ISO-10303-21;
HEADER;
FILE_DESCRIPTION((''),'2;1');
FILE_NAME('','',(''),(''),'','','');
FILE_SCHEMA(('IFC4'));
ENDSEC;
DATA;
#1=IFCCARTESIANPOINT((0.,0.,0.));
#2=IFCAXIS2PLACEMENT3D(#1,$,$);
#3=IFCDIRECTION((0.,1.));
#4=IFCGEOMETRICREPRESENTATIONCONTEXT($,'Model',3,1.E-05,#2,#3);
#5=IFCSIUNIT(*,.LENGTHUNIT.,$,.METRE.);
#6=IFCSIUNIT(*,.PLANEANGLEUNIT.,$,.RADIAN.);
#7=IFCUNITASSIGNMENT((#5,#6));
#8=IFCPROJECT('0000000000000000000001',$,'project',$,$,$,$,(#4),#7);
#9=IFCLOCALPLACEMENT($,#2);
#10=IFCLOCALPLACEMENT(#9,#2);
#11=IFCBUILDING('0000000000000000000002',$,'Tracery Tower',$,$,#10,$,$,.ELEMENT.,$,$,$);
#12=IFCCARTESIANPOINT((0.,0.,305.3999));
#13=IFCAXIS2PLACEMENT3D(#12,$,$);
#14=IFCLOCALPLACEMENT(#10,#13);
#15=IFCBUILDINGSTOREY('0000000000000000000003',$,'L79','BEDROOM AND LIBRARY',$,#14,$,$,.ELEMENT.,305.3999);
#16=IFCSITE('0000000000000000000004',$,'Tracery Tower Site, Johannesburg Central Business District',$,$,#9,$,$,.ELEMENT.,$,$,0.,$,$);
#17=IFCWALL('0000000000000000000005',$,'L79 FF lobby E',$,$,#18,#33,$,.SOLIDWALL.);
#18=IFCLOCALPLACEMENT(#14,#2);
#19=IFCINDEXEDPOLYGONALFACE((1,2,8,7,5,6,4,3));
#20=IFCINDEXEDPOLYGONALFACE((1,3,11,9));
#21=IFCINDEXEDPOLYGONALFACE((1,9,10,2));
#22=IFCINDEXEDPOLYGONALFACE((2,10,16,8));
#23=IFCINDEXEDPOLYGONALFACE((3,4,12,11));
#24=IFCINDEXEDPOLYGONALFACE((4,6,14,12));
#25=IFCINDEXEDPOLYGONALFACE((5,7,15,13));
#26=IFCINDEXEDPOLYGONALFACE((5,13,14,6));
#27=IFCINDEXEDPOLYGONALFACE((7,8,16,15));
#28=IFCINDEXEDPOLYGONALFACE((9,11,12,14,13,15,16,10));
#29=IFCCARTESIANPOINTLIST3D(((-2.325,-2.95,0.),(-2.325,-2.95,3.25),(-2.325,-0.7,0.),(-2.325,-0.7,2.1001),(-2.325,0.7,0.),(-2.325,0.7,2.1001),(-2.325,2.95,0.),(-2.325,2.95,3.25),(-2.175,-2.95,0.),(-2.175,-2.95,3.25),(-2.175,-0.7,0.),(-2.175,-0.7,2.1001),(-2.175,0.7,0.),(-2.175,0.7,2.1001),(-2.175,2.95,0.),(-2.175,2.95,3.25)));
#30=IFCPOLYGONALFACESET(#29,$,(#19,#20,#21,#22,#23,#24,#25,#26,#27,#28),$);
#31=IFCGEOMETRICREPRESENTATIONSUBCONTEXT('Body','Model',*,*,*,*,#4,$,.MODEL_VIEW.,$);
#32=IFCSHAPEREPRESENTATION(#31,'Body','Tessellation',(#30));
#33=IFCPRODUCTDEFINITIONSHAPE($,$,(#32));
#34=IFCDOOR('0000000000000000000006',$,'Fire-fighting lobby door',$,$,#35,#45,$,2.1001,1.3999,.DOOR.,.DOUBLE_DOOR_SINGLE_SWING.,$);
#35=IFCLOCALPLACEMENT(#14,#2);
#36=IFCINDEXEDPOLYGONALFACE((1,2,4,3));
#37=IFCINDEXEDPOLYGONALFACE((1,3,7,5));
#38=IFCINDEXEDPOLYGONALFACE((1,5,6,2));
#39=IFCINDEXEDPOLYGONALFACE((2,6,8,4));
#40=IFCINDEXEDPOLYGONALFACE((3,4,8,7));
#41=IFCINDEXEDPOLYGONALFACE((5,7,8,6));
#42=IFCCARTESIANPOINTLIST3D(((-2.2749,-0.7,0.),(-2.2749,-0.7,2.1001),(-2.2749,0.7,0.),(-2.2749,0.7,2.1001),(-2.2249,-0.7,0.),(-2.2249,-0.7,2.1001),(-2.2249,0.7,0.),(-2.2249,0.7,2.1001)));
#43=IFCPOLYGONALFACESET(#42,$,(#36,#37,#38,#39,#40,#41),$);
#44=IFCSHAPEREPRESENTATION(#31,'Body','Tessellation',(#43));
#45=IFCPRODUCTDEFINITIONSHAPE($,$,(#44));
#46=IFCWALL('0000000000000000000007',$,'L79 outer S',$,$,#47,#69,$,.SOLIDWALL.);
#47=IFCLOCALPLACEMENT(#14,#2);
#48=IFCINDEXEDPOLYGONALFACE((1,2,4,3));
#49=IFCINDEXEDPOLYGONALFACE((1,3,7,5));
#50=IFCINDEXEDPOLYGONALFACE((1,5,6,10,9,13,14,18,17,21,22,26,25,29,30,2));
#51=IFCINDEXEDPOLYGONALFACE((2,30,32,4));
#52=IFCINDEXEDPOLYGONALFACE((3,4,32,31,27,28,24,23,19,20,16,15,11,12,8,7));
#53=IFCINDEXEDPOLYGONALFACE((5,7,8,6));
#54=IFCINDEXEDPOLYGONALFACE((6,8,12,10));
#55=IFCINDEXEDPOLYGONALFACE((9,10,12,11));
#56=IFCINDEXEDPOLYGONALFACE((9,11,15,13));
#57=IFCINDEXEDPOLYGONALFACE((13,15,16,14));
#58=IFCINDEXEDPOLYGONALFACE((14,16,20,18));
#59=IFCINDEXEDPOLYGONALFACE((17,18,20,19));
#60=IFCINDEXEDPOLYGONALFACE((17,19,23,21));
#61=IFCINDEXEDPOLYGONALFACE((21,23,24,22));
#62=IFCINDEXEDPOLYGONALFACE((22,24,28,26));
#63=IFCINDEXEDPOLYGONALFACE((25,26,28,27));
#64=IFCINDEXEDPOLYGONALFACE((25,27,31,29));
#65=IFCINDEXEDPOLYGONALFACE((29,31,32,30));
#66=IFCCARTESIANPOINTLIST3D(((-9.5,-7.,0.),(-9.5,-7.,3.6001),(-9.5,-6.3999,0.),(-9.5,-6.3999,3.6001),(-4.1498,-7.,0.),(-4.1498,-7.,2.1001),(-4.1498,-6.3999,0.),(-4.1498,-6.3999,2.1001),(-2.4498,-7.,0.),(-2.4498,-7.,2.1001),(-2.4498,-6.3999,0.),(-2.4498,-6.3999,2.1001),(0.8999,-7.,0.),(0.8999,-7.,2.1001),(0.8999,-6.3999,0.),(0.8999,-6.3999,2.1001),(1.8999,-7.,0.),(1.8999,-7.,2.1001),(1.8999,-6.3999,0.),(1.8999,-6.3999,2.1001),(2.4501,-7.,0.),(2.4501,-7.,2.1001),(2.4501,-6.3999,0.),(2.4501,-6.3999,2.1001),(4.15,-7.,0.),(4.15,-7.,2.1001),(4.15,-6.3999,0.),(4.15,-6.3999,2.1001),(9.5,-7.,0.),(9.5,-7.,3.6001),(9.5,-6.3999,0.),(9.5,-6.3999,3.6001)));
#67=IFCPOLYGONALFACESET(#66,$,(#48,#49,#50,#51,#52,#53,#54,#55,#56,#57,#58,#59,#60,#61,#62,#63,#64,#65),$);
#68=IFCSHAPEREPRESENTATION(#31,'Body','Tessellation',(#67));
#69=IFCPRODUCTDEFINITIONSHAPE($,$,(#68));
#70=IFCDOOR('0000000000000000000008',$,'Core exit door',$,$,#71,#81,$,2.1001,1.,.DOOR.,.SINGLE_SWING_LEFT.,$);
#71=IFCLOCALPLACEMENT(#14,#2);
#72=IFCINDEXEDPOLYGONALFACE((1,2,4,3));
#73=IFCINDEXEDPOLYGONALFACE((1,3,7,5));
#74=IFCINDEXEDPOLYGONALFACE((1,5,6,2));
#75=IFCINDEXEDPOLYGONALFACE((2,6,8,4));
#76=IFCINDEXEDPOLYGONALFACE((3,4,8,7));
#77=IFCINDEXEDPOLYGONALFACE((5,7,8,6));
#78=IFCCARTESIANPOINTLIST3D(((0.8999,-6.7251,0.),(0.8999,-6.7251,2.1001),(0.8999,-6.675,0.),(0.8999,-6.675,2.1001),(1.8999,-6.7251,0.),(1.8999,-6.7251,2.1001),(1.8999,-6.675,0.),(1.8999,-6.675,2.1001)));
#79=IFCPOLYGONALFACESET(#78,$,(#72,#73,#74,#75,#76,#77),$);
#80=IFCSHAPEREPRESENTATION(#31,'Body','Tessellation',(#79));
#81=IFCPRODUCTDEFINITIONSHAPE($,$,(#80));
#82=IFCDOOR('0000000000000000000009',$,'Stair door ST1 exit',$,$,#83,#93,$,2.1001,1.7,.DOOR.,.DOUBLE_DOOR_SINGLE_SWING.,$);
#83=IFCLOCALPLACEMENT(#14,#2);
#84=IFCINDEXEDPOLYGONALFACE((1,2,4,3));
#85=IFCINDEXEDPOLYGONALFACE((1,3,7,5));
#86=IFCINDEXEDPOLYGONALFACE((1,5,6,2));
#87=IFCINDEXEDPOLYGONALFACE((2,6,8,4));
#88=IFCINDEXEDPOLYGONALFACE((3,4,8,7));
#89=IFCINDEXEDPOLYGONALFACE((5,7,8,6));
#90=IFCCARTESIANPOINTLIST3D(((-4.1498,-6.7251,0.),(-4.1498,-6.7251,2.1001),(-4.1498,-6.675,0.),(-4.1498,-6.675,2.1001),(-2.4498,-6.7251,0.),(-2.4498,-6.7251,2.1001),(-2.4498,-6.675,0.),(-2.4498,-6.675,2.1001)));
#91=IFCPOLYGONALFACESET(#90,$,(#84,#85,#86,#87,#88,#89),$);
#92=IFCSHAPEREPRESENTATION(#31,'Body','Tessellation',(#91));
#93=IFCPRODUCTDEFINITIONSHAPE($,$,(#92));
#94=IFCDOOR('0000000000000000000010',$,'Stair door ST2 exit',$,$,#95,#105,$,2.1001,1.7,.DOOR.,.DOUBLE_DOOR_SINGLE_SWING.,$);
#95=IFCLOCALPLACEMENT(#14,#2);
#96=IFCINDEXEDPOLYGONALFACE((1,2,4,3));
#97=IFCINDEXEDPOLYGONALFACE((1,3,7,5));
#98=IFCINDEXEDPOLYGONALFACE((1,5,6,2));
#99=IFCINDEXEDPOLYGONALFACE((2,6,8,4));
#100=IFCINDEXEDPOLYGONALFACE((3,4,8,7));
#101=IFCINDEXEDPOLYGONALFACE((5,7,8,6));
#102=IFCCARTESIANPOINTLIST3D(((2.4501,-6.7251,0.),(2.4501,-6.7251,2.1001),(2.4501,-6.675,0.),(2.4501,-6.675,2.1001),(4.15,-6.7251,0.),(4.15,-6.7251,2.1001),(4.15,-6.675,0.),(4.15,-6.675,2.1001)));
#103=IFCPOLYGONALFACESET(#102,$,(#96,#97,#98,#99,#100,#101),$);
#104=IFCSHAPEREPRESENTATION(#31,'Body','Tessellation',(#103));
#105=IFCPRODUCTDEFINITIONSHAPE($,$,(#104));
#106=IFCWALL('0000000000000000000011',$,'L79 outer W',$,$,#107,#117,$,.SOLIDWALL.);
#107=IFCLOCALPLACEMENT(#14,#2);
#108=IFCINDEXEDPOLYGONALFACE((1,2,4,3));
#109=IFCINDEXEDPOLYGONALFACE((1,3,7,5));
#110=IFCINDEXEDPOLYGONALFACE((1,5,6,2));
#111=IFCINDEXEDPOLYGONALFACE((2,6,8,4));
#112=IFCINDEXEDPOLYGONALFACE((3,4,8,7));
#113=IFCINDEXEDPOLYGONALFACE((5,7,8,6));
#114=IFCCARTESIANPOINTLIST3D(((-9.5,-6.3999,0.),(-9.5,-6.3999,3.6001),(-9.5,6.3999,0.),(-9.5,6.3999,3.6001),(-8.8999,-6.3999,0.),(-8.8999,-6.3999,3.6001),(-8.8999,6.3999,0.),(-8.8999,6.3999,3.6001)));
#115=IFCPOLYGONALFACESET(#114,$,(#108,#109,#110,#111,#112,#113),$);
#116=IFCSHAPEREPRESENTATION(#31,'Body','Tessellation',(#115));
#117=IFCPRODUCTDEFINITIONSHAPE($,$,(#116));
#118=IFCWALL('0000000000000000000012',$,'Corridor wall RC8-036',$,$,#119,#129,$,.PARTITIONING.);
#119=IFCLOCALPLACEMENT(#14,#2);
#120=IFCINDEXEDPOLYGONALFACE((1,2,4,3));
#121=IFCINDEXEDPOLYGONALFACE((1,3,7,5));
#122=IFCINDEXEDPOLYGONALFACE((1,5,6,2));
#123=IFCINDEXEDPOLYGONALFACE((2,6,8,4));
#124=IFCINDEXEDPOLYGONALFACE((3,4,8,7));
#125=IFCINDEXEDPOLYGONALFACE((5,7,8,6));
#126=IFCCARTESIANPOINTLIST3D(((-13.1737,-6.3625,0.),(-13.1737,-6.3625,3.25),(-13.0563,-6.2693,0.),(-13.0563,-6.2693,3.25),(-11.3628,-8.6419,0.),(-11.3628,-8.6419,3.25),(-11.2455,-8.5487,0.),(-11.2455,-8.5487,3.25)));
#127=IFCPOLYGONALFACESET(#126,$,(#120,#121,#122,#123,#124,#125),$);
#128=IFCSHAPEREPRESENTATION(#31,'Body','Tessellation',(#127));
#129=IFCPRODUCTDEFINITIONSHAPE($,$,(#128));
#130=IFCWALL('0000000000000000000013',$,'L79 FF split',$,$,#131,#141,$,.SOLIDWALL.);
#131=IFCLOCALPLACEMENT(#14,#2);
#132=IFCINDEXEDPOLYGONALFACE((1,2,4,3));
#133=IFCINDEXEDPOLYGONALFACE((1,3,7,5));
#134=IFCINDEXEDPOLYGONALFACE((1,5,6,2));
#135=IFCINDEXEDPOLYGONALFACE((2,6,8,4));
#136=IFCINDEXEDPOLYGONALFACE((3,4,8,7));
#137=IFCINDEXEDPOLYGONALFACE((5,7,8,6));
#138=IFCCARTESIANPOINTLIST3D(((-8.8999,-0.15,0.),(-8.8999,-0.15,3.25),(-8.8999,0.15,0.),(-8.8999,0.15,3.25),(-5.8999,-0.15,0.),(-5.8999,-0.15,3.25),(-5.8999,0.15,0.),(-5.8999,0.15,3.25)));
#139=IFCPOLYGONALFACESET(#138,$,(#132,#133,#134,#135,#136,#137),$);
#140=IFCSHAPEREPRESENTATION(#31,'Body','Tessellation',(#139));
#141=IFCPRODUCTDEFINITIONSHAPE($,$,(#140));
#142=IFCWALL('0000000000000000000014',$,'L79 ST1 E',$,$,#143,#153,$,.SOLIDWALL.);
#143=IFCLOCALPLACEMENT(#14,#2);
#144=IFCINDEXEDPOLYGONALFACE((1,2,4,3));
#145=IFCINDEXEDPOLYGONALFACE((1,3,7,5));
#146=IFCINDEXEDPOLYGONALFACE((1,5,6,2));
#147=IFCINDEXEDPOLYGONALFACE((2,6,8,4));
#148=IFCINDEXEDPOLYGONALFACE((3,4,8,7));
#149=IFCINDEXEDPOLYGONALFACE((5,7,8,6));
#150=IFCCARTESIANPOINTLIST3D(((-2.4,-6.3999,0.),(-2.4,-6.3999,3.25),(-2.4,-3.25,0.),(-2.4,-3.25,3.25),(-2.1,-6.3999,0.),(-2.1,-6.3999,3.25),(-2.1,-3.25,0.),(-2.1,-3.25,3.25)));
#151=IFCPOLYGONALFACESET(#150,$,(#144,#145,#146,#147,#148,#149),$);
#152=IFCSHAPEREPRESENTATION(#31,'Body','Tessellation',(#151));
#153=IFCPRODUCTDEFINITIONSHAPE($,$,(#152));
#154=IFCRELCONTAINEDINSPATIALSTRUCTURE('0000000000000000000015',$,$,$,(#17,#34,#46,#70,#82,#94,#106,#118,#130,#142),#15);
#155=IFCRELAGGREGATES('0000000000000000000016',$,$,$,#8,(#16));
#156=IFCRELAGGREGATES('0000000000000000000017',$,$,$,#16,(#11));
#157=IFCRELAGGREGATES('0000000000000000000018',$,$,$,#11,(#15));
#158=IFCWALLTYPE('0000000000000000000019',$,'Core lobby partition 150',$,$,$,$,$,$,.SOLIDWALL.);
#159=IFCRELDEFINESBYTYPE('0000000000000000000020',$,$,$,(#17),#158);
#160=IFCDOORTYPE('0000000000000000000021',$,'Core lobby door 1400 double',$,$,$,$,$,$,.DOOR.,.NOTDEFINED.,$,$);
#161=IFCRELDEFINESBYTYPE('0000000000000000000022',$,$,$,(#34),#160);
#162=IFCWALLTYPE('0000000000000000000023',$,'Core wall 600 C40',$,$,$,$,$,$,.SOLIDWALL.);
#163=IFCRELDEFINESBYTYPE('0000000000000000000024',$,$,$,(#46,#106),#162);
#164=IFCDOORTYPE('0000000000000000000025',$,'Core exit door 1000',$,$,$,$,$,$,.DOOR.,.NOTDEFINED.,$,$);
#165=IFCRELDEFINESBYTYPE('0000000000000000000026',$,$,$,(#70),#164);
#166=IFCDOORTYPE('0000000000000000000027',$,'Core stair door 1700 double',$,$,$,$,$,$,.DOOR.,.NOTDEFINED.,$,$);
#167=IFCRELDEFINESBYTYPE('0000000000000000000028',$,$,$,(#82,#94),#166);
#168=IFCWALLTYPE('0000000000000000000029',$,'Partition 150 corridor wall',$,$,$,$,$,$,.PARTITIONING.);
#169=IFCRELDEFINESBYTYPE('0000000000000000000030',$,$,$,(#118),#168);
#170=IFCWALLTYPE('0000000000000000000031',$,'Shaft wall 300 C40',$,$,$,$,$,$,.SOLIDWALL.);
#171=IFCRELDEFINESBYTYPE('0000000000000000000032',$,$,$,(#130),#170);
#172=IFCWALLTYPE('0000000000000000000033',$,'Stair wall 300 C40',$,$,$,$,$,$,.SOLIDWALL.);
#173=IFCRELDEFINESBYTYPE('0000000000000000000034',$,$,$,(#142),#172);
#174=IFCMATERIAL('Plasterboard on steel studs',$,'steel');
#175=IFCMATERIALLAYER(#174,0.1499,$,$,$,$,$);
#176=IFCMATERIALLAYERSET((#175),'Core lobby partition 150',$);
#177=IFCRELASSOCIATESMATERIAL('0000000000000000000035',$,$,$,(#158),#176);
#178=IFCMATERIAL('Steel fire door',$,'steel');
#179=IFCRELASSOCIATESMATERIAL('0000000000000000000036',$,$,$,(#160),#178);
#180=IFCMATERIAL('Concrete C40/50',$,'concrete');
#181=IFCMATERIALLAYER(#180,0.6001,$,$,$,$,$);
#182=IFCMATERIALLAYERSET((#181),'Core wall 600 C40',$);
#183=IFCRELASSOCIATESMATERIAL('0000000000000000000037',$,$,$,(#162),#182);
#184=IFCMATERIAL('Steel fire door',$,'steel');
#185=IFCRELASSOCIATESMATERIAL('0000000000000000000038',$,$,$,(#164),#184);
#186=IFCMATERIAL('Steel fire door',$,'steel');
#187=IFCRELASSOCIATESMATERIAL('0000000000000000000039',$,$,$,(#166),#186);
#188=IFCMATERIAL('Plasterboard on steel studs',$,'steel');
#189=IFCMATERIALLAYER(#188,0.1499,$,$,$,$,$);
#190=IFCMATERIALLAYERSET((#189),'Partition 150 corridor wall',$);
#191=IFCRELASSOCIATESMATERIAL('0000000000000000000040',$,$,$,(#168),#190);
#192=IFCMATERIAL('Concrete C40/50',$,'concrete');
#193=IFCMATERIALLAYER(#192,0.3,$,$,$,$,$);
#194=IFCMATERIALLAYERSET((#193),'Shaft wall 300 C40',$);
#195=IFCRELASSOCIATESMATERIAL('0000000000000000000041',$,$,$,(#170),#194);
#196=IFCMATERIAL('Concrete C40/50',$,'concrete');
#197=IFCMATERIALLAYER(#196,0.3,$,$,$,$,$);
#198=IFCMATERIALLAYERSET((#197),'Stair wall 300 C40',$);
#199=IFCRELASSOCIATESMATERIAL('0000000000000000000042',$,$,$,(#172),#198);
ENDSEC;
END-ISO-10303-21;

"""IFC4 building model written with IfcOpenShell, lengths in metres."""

from ifc_helpers import new_model, si_unit, direction, frame, frame_2d, origin, place, context, subcontext, project, spatial, rectangle, extrude, material, layer, layer_set, type_object, element, fill, save


model = new_model("IFC4")

# Units and contexts
model_context = context("Model", 3, precision=1e-05, world=origin(), true_north=direction((0.0, 1.0)))
body_context = subcontext(model_context, "Body", "Model", "MODEL_VIEW")
ifc_project = project(units=[si_unit("LENGTHUNIT", "METRE"), si_unit("PLANEANGLEUNIT", "RADIAN")], contexts=[model_context])

# Site, building, storey
site_placement = place(None, origin())
site = spatial("IfcSite", under=ifc_project, at=site_placement, Name="Tracery Tower Site, Johannesburg Central Business District", CompositionType="ELEMENT", RefElevation=0.0)
building_placement = place(site_placement, origin())
building = spatial("IfcBuilding", under=site, at=building_placement, Name="Tracery Tower", CompositionType="ELEMENT")
storey_placement = place(building_placement, frame((0.0, 0.0, 305.3999)))
storey = spatial("IfcBuildingStorey", under=building, at=storey_placement, Name="L79", Description="BEDROOM AND LIBRARY", CompositionType="ELEMENT", Elevation=305.3999)

# Wall, opening, door
ifc_material_1 = material(Name="Plasterboard on steel studs", Category="steel")
ifc_layer_1 = layer(ifc_material_1, 0.1499)
ifc_layer_set_1 = layer_set([ifc_layer_1], Name="Core lobby partition 150")
wall_type_1 = type_object("IfcWallType", Name="Core lobby partition 150", PredefinedType="SOLIDWALL", material=ifc_layer_set_1)
wall_1_placement = place(storey_placement, frame((-2.25, -2.95, 0.0), z_axis=(0.0, 0.0, 1.0), x_axis=(0.0, 1.0, 0.0)))
wall_1 = element("IfcWall", 1, at=wall_1_placement, inside=storey, type_object=wall_type_1, Name="L79 FF lobby E", PredefinedType="SOLIDWALL", context=body_context, shape_type="SweptSolid", body=[
    extrude(rectangle(XDim=5.8999, YDim=0.1499, at=frame_2d((2.95, 0.0))), origin(), (0.0, 0.0, 1.0), 3.25),
])
opening_1_placement = place(wall_1_placement, frame((2.25, 0.0, 0.0)))
opening_1 = element("IfcOpeningElement", 2, at=opening_1_placement, cuts=wall_1, PredefinedType="OPENING", context=body_context, shape_type="SweptSolid", body=[
    extrude(rectangle(XDim=1.3999, YDim=2.1001, at=frame_2d((0.7, 1.05))), frame((0.0, 0.075, 0.0), z_axis=(0.0, -1.0, 0.0), x_axis=(1.0, 0.0, 0.0)), (0.0, 0.0, 1.0), 0.1499),
])
ifc_material_2 = material(Name="Steel fire door", Category="steel")
door_type_1 = type_object("IfcDoorType", Name="Core lobby door 1400 double", OperationType="NOTDEFINED", PredefinedType="DOOR", material=ifc_material_2)
door_1_placement = place(opening_1_placement, origin())
door_1 = element("IfcDoor", 3, at=door_1_placement, inside=storey, type_object=door_type_1, Name="Fire-fighting lobby door", OperationType="DOUBLE_DOOR_SINGLE_SWING", OverallHeight=2.1001, OverallWidth=1.3999, PredefinedType="DOOR", context=body_context, shape_type="SweptSolid", body=[
    extrude(rectangle(XDim=1.3999, YDim=2.1001, at=frame_2d((0.7, 1.05))), frame((0.0, 0.0249, 0.0), z_axis=(0.0, -1.0, 0.0), x_axis=(1.0, 0.0, 0.0)), (0.0, 0.0, 1.0), 0.05),
])
fill(opening_1, door_1)

# Wall, openings, doors
ifc_material_3 = material(Name="Concrete C40/50", Category="concrete")
ifc_layer_2 = layer(ifc_material_3, 0.6001)
ifc_layer_set_2 = layer_set([ifc_layer_2], Name="Core wall 600 C40")
wall_type_2 = type_object("IfcWallType", Name="Core wall 600 C40", PredefinedType="SOLIDWALL", material=ifc_layer_set_2)
wall_2_placement = place(storey_placement, frame((-9.5, -6.7, 0.0), z_axis=(0.0, 0.0, 1.0), x_axis=(1.0, 0.0, 0.0)))
wall_2 = element("IfcWall", 4, at=wall_2_placement, inside=storey, type_object=wall_type_2, Name="L79 outer S", PredefinedType="SOLIDWALL", context=body_context, shape_type="SweptSolid", body=[
    extrude(rectangle(XDim=19.0, YDim=0.6001, at=frame_2d((9.5, 0.0))), origin(), (0.0, 0.0, 1.0), 3.6001),
])
opening_2_placement = place(wall_2_placement, frame((10.3999, 0.0, 0.0)))
opening_2 = element("IfcOpeningElement", 5, at=opening_2_placement, cuts=wall_2, PredefinedType="OPENING", context=body_context, shape_type="SweptSolid", body=[
    extrude(rectangle(XDim=1.0, YDim=2.1001, at=frame_2d((0.5, 1.05))), frame((0.0, 0.3, 0.0), z_axis=(0.0, -1.0, 0.0), x_axis=(1.0, 0.0, 0.0)), (0.0, 0.0, 1.0), 0.6001),
])
opening_3_placement = place(wall_2_placement, frame((5.3501, 0.0, 0.0)))
opening_3 = element("IfcOpeningElement", 6, at=opening_3_placement, cuts=wall_2, PredefinedType="OPENING", context=body_context, shape_type="SweptSolid", body=[
    extrude(rectangle(XDim=1.7, YDim=2.1001, at=frame_2d((0.8501, 1.05))), frame((0.0, 0.3, 0.0), z_axis=(0.0, -1.0, 0.0), x_axis=(1.0, 0.0, 0.0)), (0.0, 0.0, 1.0), 0.6001),
])
opening_4_placement = place(wall_2_placement, frame((11.95, 0.0, 0.0)))
opening_4 = element("IfcOpeningElement", 7, at=opening_4_placement, cuts=wall_2, PredefinedType="OPENING", context=body_context, shape_type="SweptSolid", body=[
    extrude(rectangle(XDim=1.7, YDim=2.1001, at=frame_2d((0.8501, 1.05))), frame((0.0, 0.3, 0.0), z_axis=(0.0, -1.0, 0.0), x_axis=(1.0, 0.0, 0.0)), (0.0, 0.0, 1.0), 0.6001),
])
ifc_material_4 = material(Name="Steel fire door", Category="steel")
door_type_2 = type_object("IfcDoorType", Name="Core exit door 1000", OperationType="NOTDEFINED", PredefinedType="DOOR", material=ifc_material_4)
door_2_placement = place(opening_2_placement, origin())
door_2 = element("IfcDoor", 8, at=door_2_placement, inside=storey, type_object=door_type_2, Name="Core exit door", OperationType="SINGLE_SWING_LEFT", OverallHeight=2.1001, OverallWidth=1.0, PredefinedType="DOOR", context=body_context, shape_type="SweptSolid", body=[
    extrude(rectangle(XDim=1.0, YDim=2.1001, at=frame_2d((0.5, 1.05))), frame((0.0, 0.0249, 0.0), z_axis=(0.0, -1.0, 0.0), x_axis=(1.0, 0.0, 0.0)), (0.0, 0.0, 1.0), 0.05),
])
fill(opening_2, door_2)
ifc_material_5 = material(Name="Steel fire door", Category="steel")
door_type_3 = type_object("IfcDoorType", Name="Core stair door 1700 double", OperationType="NOTDEFINED", PredefinedType="DOOR", material=ifc_material_5)
door_3_placement = place(opening_3_placement, origin())
door_3 = element("IfcDoor", 9, at=door_3_placement, inside=storey, type_object=door_type_3, Name="Stair door ST1 exit", OperationType="DOUBLE_DOOR_SINGLE_SWING", OverallHeight=2.1001, OverallWidth=1.7, PredefinedType="DOOR", context=body_context, shape_type="SweptSolid", body=[
    extrude(rectangle(XDim=1.7, YDim=2.1001, at=frame_2d((0.8501, 1.05))), frame((0.0, 0.0249, 0.0), z_axis=(0.0, -1.0, 0.0), x_axis=(1.0, 0.0, 0.0)), (0.0, 0.0, 1.0), 0.05),
])
fill(opening_3, door_3)
door_4_placement = place(opening_4_placement, origin())
door_4 = element("IfcDoor", 10, at=door_4_placement, inside=storey, type_object=door_type_3, Name="Stair door ST2 exit", OperationType="DOUBLE_DOOR_SINGLE_SWING", OverallHeight=2.1001, OverallWidth=1.7, PredefinedType="DOOR", context=body_context, shape_type="SweptSolid", body=[
    extrude(rectangle(XDim=1.7, YDim=2.1001, at=frame_2d((0.8501, 1.05))), frame((0.0, 0.0249, 0.0), z_axis=(0.0, -1.0, 0.0), x_axis=(1.0, 0.0, 0.0)), (0.0, 0.0, 1.0), 0.05),
])
fill(opening_4, door_4)

# Walls
wall_3_placement = place(storey_placement, frame((-9.2, -6.3999, 0.0), z_axis=(0.0, 0.0, 1.0), x_axis=(0.0, 1.0, 0.0)))
element("IfcWall", 11, at=wall_3_placement, inside=storey, type_object=wall_type_2, Name="L79 outer W", PredefinedType="SOLIDWALL", context=body_context, shape_type="SweptSolid", body=[
    extrude(rectangle(XDim=12.7998, YDim=0.6001, at=frame_2d((6.3999, 0.0))), origin(), (0.0, 0.0, 1.0), 3.6001),
])
ifc_material_6 = material(Name="Plasterboard on steel studs", Category="steel")
ifc_layer_3 = layer(ifc_material_6, 0.1499)
ifc_layer_set_3 = layer_set([ifc_layer_3], Name="Partition 150 corridor wall")
wall_type_3 = type_object("IfcWallType", Name="Partition 150 corridor wall", PredefinedType="PARTITIONING", material=ifc_layer_set_3)
wall_4_placement = place(storey_placement, frame((-13.115, -6.3159, 0.0), z_axis=(0.0, 0.0, 1.0), x_axis=(0.622042, -0.782983, 0.0)))
element("IfcWall", 12, at=wall_4_placement, inside=storey, type_object=wall_type_3, Name="Corridor wall RC8-036", PredefinedType="PARTITIONING", context=body_context, shape_type="SweptSolid", body=[
    extrude(rectangle(XDim=2.9111, YDim=0.1499, at=frame_2d((1.4556, 0.0))), origin(), (0.0, 0.0, 1.0), 3.25),
])
ifc_material_7 = material(Name="Concrete C40/50", Category="concrete")
ifc_layer_4 = layer(ifc_material_7, 0.3)
ifc_layer_set_4 = layer_set([ifc_layer_4], Name="Shaft wall 300 C40")
wall_type_4 = type_object("IfcWallType", Name="Shaft wall 300 C40", PredefinedType="SOLIDWALL", material=ifc_layer_set_4)
wall_5_placement = place(storey_placement, frame((-8.8999, 0.0, 0.0), z_axis=(0.0, 0.0, 1.0), x_axis=(1.0, 0.0, 0.0)))
element("IfcWall", 13, at=wall_5_placement, inside=storey, type_object=wall_type_4, Name="L79 FF split", PredefinedType="SOLIDWALL", context=body_context, shape_type="SweptSolid", body=[
    extrude(rectangle(XDim=3.0, YDim=0.3, at=frame_2d((1.5, 0.0))), origin(), (0.0, 0.0, 1.0), 3.25),
])

# Shared definitions
ifc_material_8 = material(Name="Concrete C40/50", Category="concrete")
ifc_layer_5 = layer(ifc_material_8, 0.3)
ifc_layer_set_5 = layer_set([ifc_layer_5], Name="Stair wall 300 C40")
wall_type_5 = type_object("IfcWallType", Name="Stair wall 300 C40", PredefinedType="SOLIDWALL", material=ifc_layer_set_5)

# Wall
wall_6_placement = place(storey_placement, frame((-2.25, -6.3999, 0.0), z_axis=(0.0, 0.0, 1.0), x_axis=(0.0, 1.0, 0.0)))
element("IfcWall", 14, at=wall_6_placement, inside=storey, type_object=wall_type_5, Name="L79 ST1 E", PredefinedType="SOLIDWALL", context=body_context, shape_type="SweptSolid", body=[
    extrude(rectangle(XDim=3.1499, YDim=0.3, at=frame_2d((1.575, 0.0))), origin(), (0.0, 0.0, 1.0), 3.25),
])

save(model, "model.ifc")
